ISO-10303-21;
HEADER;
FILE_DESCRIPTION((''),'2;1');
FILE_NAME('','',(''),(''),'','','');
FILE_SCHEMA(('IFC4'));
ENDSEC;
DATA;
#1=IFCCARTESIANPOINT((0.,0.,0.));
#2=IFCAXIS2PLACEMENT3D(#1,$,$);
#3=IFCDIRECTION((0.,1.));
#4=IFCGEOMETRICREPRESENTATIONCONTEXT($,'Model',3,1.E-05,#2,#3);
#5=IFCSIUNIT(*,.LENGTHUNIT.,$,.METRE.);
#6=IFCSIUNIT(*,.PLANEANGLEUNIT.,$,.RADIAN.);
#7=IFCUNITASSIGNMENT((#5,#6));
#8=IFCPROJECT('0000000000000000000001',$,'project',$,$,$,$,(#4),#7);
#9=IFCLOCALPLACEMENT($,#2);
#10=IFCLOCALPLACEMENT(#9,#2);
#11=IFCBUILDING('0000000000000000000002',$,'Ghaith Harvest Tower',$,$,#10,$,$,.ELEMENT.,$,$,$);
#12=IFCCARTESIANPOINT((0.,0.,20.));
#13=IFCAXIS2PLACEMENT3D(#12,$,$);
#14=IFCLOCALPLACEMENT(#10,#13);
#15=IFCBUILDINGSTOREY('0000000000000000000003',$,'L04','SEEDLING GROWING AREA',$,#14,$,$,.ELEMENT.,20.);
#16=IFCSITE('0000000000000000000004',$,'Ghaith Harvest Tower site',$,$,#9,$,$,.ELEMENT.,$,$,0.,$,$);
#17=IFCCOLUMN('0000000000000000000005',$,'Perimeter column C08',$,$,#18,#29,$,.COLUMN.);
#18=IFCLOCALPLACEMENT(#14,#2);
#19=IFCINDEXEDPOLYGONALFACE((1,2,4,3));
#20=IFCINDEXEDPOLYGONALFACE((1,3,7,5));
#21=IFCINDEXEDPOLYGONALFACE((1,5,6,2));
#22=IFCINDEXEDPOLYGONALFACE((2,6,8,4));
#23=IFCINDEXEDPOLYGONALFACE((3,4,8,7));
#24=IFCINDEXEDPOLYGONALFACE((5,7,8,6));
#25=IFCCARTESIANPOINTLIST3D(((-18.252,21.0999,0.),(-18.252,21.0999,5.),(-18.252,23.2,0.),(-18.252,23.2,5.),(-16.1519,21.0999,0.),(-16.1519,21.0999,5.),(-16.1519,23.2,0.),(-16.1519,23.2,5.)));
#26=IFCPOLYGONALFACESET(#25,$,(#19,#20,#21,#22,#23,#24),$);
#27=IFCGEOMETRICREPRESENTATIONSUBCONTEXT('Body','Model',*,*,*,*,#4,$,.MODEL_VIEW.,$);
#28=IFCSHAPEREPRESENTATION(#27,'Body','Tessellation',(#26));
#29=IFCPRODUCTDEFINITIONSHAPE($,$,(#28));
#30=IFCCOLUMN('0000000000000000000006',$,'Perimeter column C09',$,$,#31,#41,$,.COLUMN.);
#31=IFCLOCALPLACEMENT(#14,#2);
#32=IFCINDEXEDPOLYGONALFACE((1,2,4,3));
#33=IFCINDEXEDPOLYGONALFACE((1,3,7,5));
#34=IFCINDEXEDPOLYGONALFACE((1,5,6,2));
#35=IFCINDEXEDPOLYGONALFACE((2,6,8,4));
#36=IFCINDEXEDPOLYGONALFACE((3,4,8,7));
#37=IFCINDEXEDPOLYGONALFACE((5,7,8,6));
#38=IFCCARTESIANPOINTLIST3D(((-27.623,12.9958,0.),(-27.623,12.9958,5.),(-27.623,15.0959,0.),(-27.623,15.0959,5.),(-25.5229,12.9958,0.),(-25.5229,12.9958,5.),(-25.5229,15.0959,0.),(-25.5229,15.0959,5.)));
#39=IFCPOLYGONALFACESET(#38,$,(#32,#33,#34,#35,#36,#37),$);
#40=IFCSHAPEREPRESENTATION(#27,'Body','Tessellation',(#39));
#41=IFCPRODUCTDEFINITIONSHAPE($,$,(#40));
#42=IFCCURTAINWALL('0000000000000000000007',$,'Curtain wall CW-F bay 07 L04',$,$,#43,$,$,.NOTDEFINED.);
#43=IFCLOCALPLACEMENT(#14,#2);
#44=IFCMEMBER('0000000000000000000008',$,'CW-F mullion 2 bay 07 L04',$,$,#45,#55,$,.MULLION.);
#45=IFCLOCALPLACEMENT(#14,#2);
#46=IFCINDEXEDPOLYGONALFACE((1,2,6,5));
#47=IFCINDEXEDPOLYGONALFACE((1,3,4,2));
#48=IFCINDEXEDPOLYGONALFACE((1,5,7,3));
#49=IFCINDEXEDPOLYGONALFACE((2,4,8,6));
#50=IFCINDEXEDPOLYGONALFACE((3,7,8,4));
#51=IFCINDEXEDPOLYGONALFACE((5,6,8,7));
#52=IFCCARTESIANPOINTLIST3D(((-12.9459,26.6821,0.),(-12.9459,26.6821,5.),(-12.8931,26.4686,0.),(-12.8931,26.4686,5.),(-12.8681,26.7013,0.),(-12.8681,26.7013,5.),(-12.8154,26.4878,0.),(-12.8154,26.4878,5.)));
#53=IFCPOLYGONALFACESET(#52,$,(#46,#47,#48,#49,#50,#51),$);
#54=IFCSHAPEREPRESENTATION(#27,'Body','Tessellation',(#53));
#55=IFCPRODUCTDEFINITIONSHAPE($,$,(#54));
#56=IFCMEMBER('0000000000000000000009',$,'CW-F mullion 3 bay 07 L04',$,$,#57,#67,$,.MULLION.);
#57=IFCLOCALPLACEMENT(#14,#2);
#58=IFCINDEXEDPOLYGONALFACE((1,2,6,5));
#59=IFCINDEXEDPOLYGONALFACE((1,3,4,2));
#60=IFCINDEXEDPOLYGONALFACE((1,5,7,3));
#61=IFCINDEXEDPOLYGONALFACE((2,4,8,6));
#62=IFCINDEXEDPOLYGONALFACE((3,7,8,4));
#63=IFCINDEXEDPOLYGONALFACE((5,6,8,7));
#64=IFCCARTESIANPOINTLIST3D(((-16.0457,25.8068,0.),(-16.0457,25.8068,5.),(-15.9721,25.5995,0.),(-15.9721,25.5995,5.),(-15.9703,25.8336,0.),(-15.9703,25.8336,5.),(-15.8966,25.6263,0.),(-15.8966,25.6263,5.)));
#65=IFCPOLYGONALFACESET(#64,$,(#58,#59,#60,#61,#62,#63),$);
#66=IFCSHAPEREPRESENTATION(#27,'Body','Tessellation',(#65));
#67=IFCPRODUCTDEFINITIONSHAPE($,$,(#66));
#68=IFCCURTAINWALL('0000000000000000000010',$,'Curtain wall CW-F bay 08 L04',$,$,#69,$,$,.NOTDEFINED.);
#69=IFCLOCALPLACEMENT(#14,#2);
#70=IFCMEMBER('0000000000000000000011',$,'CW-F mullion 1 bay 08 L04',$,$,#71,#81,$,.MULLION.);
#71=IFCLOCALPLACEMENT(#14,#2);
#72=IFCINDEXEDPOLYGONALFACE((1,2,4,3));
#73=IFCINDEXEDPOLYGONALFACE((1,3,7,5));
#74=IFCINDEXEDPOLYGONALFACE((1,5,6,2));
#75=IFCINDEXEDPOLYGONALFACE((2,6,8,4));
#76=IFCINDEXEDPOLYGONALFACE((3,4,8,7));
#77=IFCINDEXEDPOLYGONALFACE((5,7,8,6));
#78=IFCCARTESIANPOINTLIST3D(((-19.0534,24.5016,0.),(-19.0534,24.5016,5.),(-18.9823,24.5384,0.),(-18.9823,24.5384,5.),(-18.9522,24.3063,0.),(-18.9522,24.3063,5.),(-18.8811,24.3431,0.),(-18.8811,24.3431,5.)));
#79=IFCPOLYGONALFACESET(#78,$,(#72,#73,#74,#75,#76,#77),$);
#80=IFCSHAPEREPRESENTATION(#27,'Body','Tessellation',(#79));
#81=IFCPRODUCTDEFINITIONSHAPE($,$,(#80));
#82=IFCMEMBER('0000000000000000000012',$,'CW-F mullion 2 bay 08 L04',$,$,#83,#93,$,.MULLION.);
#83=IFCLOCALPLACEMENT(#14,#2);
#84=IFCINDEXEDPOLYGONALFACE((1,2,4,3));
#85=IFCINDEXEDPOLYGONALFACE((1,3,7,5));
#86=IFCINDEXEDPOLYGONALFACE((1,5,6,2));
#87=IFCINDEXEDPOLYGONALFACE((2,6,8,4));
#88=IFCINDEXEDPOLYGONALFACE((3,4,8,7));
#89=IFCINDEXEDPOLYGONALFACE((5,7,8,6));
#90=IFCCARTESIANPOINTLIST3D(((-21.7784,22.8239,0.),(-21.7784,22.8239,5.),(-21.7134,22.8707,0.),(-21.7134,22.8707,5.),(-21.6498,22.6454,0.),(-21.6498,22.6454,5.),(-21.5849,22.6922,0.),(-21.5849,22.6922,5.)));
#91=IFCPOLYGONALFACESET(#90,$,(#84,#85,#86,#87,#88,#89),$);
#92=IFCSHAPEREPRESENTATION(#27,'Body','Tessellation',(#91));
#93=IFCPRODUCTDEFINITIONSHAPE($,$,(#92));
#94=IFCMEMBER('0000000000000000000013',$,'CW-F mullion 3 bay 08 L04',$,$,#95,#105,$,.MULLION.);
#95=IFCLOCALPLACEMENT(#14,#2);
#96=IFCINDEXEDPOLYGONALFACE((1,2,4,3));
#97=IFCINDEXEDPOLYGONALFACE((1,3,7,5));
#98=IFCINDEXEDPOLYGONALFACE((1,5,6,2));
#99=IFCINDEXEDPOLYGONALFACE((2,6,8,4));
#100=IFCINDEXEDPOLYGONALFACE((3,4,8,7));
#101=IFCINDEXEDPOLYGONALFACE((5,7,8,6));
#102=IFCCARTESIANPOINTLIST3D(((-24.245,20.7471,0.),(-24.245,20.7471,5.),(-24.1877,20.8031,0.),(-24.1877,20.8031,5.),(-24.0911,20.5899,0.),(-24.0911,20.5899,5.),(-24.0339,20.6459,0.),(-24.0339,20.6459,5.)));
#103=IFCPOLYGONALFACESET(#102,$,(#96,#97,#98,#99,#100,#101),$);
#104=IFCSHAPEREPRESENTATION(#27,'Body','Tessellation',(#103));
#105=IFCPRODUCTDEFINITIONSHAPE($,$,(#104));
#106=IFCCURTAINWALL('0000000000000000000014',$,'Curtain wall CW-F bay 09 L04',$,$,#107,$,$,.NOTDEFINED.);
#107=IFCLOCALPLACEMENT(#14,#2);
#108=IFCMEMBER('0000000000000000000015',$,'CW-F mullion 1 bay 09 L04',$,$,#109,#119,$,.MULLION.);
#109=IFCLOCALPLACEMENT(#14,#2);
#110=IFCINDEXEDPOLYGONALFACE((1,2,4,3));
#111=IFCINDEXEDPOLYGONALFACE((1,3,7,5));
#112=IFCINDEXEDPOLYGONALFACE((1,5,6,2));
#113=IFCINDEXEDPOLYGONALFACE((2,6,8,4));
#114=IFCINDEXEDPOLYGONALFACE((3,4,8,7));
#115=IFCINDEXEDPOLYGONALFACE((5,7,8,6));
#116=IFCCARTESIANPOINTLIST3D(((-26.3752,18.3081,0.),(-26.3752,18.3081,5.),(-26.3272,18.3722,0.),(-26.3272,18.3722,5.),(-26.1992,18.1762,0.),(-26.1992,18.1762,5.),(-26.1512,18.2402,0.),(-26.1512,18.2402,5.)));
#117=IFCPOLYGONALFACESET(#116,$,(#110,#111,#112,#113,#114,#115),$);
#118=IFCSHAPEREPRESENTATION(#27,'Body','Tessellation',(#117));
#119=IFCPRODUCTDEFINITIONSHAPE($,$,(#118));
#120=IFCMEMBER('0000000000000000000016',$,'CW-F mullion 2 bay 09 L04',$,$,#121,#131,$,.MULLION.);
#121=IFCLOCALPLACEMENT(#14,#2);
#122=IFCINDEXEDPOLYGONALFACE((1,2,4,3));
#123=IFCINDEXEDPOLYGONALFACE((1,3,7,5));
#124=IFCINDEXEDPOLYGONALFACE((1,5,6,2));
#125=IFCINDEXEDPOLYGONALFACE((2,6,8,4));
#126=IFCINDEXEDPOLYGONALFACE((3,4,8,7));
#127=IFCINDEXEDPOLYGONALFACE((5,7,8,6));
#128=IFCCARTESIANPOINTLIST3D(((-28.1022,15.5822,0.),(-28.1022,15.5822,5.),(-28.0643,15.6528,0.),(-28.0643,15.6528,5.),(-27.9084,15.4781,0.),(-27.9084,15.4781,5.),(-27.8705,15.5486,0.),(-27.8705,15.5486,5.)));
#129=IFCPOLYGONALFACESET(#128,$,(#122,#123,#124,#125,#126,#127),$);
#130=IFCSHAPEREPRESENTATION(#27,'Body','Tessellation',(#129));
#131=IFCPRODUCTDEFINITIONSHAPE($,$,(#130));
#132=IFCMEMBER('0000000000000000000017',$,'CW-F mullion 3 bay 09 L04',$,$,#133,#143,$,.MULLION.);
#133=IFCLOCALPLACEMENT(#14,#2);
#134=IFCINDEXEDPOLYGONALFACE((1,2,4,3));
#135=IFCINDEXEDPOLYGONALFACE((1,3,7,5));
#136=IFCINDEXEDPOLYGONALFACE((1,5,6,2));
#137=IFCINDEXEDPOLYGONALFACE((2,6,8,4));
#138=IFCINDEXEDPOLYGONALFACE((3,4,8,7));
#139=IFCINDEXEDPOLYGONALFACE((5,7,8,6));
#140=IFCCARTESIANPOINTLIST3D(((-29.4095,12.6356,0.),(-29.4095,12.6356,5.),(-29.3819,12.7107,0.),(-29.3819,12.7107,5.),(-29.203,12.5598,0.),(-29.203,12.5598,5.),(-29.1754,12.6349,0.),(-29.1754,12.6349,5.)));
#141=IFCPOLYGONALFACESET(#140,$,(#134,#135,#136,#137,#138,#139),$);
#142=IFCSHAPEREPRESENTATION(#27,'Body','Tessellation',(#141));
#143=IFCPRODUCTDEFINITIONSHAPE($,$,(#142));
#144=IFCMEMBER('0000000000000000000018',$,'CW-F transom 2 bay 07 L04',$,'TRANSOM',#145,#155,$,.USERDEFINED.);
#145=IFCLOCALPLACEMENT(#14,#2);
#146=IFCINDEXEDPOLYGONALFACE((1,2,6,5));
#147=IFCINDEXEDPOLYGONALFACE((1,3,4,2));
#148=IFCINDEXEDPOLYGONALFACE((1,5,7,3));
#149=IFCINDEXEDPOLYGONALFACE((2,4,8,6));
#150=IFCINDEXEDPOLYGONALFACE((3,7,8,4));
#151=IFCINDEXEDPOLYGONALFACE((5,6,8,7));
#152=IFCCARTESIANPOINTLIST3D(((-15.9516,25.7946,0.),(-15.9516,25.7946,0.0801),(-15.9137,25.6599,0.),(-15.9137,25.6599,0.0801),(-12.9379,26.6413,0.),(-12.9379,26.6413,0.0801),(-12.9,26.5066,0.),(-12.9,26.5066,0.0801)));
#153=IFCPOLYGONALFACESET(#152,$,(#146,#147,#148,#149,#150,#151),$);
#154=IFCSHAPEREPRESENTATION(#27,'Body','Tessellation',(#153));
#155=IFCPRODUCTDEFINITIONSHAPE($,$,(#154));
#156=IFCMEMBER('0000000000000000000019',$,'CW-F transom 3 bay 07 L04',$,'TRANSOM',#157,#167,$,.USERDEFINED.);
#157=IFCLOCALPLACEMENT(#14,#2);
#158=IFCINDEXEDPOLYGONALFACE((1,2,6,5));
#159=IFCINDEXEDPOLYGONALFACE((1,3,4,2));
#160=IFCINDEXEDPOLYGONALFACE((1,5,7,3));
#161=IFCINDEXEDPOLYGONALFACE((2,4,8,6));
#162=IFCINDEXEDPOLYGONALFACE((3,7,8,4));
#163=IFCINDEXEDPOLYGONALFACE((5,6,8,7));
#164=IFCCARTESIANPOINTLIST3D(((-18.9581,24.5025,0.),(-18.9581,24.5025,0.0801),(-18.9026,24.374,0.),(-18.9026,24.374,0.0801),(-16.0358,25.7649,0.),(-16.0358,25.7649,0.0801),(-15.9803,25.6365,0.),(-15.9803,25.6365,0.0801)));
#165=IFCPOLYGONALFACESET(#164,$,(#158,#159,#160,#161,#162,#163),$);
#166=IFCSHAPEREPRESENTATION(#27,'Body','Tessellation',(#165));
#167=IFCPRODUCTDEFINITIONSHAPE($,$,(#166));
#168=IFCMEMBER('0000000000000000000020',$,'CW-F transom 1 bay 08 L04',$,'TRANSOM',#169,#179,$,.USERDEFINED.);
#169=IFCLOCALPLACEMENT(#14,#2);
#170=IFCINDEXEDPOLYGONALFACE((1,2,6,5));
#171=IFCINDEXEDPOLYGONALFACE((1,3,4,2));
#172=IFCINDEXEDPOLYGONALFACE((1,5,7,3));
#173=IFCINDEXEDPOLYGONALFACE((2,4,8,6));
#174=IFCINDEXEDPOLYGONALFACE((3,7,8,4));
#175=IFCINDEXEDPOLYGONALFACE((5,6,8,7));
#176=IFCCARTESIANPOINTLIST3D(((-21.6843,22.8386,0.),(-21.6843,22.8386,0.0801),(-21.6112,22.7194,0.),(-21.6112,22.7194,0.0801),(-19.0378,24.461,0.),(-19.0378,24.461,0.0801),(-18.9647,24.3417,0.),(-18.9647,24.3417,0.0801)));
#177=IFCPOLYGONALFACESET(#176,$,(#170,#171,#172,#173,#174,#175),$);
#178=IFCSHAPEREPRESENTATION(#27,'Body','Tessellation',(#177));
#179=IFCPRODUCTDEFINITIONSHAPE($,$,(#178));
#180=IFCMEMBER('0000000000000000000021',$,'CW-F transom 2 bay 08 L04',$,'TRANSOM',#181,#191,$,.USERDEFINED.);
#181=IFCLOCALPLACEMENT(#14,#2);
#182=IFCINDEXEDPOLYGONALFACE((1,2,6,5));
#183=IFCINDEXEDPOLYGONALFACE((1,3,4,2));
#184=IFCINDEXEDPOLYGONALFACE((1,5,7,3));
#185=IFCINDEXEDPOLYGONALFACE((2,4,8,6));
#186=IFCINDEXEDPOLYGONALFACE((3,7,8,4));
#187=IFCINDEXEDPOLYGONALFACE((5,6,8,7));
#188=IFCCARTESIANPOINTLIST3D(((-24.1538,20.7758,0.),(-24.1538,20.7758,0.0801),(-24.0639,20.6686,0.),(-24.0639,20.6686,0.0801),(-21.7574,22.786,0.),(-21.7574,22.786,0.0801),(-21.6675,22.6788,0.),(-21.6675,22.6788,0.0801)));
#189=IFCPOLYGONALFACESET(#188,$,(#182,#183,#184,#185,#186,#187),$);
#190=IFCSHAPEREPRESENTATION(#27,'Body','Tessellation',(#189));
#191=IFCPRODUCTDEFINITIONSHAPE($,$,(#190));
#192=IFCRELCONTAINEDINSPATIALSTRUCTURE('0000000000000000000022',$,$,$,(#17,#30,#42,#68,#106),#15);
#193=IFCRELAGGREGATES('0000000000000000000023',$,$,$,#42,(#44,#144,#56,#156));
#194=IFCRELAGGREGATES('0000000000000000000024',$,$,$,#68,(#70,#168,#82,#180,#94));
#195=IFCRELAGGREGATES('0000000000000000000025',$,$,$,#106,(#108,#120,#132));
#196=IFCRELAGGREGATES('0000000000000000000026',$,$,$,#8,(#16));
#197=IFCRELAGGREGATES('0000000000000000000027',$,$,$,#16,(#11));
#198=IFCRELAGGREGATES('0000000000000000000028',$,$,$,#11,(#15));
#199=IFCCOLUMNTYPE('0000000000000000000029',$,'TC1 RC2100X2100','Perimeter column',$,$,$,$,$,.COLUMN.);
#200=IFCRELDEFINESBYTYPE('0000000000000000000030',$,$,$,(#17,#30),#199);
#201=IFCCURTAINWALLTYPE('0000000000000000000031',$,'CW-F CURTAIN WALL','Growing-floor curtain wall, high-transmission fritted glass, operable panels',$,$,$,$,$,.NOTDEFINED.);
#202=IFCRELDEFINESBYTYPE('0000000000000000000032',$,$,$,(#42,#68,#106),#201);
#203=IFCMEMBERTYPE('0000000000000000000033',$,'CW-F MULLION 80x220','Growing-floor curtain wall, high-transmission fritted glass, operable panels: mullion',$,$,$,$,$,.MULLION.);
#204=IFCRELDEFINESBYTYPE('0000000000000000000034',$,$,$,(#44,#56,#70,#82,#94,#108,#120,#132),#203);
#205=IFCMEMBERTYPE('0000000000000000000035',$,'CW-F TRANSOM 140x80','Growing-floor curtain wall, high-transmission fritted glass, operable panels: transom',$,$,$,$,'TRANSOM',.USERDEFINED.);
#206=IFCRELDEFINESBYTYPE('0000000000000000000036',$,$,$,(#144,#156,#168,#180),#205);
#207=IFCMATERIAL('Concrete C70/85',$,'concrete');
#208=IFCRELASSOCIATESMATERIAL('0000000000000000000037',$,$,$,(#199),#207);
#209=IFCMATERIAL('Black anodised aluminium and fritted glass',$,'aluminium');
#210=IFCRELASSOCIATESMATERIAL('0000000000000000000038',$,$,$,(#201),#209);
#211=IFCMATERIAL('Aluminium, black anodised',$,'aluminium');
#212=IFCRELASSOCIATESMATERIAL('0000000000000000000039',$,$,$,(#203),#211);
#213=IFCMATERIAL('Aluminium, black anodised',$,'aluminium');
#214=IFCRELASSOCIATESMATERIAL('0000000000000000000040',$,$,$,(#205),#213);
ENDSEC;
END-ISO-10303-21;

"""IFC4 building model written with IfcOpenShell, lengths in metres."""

from ifc_helpers import new_model, si_unit, direction, frame, origin, origin_2d, place, context, subcontext, project, spatial, rectangle, extrude, material, material_profile, profile_set, type_object, element, aggregate, save


model = new_model("IFC4")

# Units and contexts
model_context = context("Model", 3, precision=1e-05, world=origin(), true_north=direction((0.0, 1.0)))
body_context = subcontext(model_context, "Body", "Model", "MODEL_VIEW")
ifc_project = project(units=[si_unit("LENGTHUNIT", "METRE"), si_unit("PLANEANGLEUNIT", "RADIAN")], contexts=[model_context])

# Site, building, storey
site_placement = place(None, origin())
site = spatial("IfcSite", under=ifc_project, at=site_placement, Name="Ghaith Harvest Tower site", CompositionType="ELEMENT", RefElevation=0.0)
building_placement = place(site_placement, origin())
building = spatial("IfcBuilding", under=site, at=building_placement, Name="Ghaith Harvest Tower", CompositionType="ELEMENT")
storey_placement = place(building_placement, frame((0.0, 0.0, 20.0)))
storey = spatial("IfcBuildingStorey", under=building, at=storey_placement, Name="L04", Description="SEEDLING GROWING AREA", CompositionType="ELEMENT", Elevation=20.0)

# Columns
ifc_material_1 = material(Name="Concrete C70/85", Category="concrete")
ifc_material_profile_1 = material_profile(ifc_material_1, rectangle(XDim=2.1001, YDim=2.1001, at=origin_2d()), Name="RC2100X2100")
ifc_profile_set_1 = profile_set([ifc_material_profile_1], Name="Concrete C70/85")
column_type = type_object("IfcColumnType", Name="TC1 RC2100X2100", Description="Perimeter column", PredefinedType="COLUMN", material=ifc_profile_set_1)
for number, where, z_axis, x_axis, name in (
    (1, (-17.2019, 22.1499, 0.0), (0.0, 0.0, 1.0), (1.0, 0.0, 0.0), "Perimeter column C08"),
    (2, (-26.573, 14.0459, 0.0), (0.0, 0.0, 1.0), (1.0, 0.0, 0.0), "Perimeter column C09"),
):
    element("IfcColumn", number, at=place(storey_placement, frame(where, z_axis=z_axis, x_axis=x_axis)), inside=storey, type_object=column_type, Name=name, PredefinedType="COLUMN", context=body_context, shape_type="SweptSolid", body=[
        extrude(rectangle(XDim=2.1001, YDim=2.1001, at=origin_2d()), origin(), (0.0, 0.0, 1.0), 5.0),
    ])

# Curtain walls, members
ifc_material_2 = material(Name="Black anodised aluminium and fritted glass", Category="aluminium")
curtain_wall_type = type_object("IfcCurtainWallType", Name="CW-F CURTAIN WALL", Description="Growing-floor curtain wall, high-transmission fritted glass, operable panels", PredefinedType="NOTDEFINED", material=ifc_material_2)
curtain_wall_1_placement = place(storey_placement, origin())
curtain_wall_1 = element("IfcCurtainWall", 3, at=curtain_wall_1_placement, inside=storey, type_object=curtain_wall_type, Name="Curtain wall CW-F bay 07 L04", PredefinedType="NOTDEFINED")
ifc_material_3 = material(Name="Aluminium, black anodised", Category="aluminium")
ifc_material_profile_2 = material_profile(ifc_material_3, rectangle(XDim=0.0801, YDim=0.22, at=origin_2d()), Name="CW-F MULLION 80x220")
ifc_profile_set_2 = profile_set([ifc_material_profile_2], Name="Aluminium, black anodised")
member_type_1 = type_object("IfcMemberType", Name="CW-F MULLION 80x220", Description="Growing-floor curtain wall, high-transmission fritted glass, operable panels: mullion", PredefinedType="MULLION", material=ifc_profile_set_2)
member_1_placement = place(storey_placement, frame((-12.8806, 26.585, 0.0), z_axis=(0.0, 0.0, 1.0), x_axis=(-0.970825, -0.239791, 0.0)))
member_1 = element("IfcMember", 4, at=member_1_placement, type_object=member_type_1, Name="CW-F mullion 2 bay 07 L04", PredefinedType="MULLION", context=body_context, shape_type="SweptSolid", body=[
    extrude(rectangle(XDim=0.0801, YDim=0.22, at=origin_2d()), origin(), (0.0, 0.0, 1.0), 5.0),
])
member_2_placement = place(storey_placement, frame((-15.9712, 25.7166, 0.0), z_axis=(0.0, 0.0, 1.0), x_axis=(-0.942294, -0.334788, 0.0)))
member_2 = element("IfcMember", 5, at=member_2_placement, type_object=member_type_1, Name="CW-F mullion 3 bay 07 L04", PredefinedType="MULLION", context=body_context, shape_type="SweptSolid", body=[
    extrude(rectangle(XDim=0.0801, YDim=0.22, at=origin_2d()), origin(), (0.0, 0.0, 1.0), 5.0),
])
curtain_wall_2_placement = place(storey_placement, origin())
curtain_wall_2 = element("IfcCurtainWall", 6, at=curtain_wall_2_placement, inside=storey, type_object=curtain_wall_type, Name="Curtain wall CW-F bay 08 L04", PredefinedType="NOTDEFINED")
member_3_placement = place(storey_placement, frame((-18.9673, 24.4224, 0.0), z_axis=(0.0, 0.0, 1.0), x_axis=(-0.887912, -0.460013, 0.0)))
member_3 = element("IfcMember", 7, at=member_3_placement, type_object=member_type_1, Name="CW-F mullion 1 bay 08 L04", PredefinedType="MULLION", context=body_context, shape_type="SweptSolid", body=[
    extrude(rectangle(XDim=0.0801, YDim=0.22, at=origin_2d()), origin(), (0.0, 0.0, 1.0), 5.0),
])
member_4_placement = place(storey_placement, frame((-21.6816, 22.7581, 0.0), z_axis=(0.0, 0.0, 1.0), x_axis=(-0.811401, -0.58449, 0.0)))
member_4 = element("IfcMember", 8, at=member_4_placement, type_object=member_type_1, Name="CW-F mullion 2 bay 08 L04", PredefinedType="MULLION", context=body_context, shape_type="SweptSolid", body=[
    extrude(rectangle(XDim=0.0801, YDim=0.22, at=origin_2d()), origin(), (0.0, 0.0, 1.0), 5.0),
])
member_5_placement = place(storey_placement, frame((-24.1394, 20.6965, 0.0), z_axis=(0.0, 0.0, 1.0), x_axis=(-0.714663, -0.699469, 0.0)))
member_5 = element("IfcMember", 9, at=member_5_placement, type_object=member_type_1, Name="CW-F mullion 3 bay 08 L04", PredefinedType="MULLION", context=body_context, shape_type="SweptSolid", body=[
    extrude(rectangle(XDim=0.0801, YDim=0.22, at=origin_2d()), origin(), (0.0, 0.0, 1.0), 5.0),
])
curtain_wall_3_placement = place(storey_placement, origin())
curtain_wall_3 = element("IfcCurtainWall", 10, at=curtain_wall_3_placement, inside=storey, type_object=curtain_wall_type, Name="Curtain wall CW-F bay 09 L04", PredefinedType="NOTDEFINED")
member_6_placement = place(storey_placement, frame((-26.2632, 18.2742, 0.0), z_axis=(0.0, 0.0, 1.0), x_axis=(-0.599862, -0.800104, 0.0)))
member_6 = element("IfcMember", 11, at=member_6_placement, type_object=member_type_1, Name="CW-F mullion 1 bay 09 L04", PredefinedType="MULLION", context=body_context, shape_type="SweptSolid", body=[
    extrude(rectangle(XDim=0.0801, YDim=0.22, at=origin_2d()), origin(), (0.0, 0.0, 1.0), 5.0),
])
member_7_placement = place(storey_placement, frame((-27.9863, 15.5654, 0.0), z_axis=(0.0, 0.0, 1.0), x_axis=(-0.473265, -0.88092, 0.0)))
member_7 = element("IfcMember", 12, at=member_7_placement, type_object=member_type_1, Name="CW-F mullion 2 bay 09 L04", PredefinedType="MULLION", context=body_context, shape_type="SweptSolid", body=[
    extrude(rectangle(XDim=0.0801, YDim=0.22, at=origin_2d()), origin(), (0.0, 0.0, 1.0), 5.0),
])
member_8_placement = place(storey_placement, frame((-29.2925, 12.6353, 0.0), z_axis=(0.0, 0.0, 1.0), x_axis=(-0.344618, -0.938743, 0.0)))
member_8 = element("IfcMember", 13, at=member_8_placement, type_object=member_type_1, Name="CW-F mullion 3 bay 09 L04", PredefinedType="MULLION", context=body_context, shape_type="SweptSolid", body=[
    extrude(rectangle(XDim=0.0801, YDim=0.22, at=origin_2d()), origin(), (0.0, 0.0, 1.0), 5.0),
])

# Members
ifc_material_4 = material(Name="Aluminium, black anodised", Category="aluminium")
ifc_material_profile_3 = material_profile(ifc_material_4, rectangle(XDim=0.1399, YDim=0.0801, at=origin_2d()), Name="CW-F TRANSOM 140x80")
ifc_profile_set_3 = profile_set([ifc_material_profile_3], Name="Aluminium, black anodised")
member_type_2 = type_object("IfcMemberType", Name="CW-F TRANSOM 140x80", Description="Growing-floor curtain wall, high-transmission fritted glass, operable panels: transom", ElementType="TRANSOM", PredefinedType="USERDEFINED", material=ifc_profile_set_3)
member_9_placement = place(storey_placement, frame((-12.9189, 26.574, 0.04), z_axis=(-0.962727, -0.270475, 0.0), x_axis=(0.270475, -0.962727, 0.0)))
member_9 = element("IfcMember", 14, at=member_9_placement, type_object=member_type_2, Name="CW-F transom 2 bay 07 L04", ObjectType="TRANSOM", PredefinedType="USERDEFINED", context=body_context, shape_type="SweptSolid", body=[
    extrude(rectangle(XDim=0.1399, YDim=0.0801, at=origin_2d()), origin(), (0.0, 0.0, 1.0), 3.1304),
])
member_10_placement = place(storey_placement, frame((-16.0081, 25.7007, 0.04), z_axis=(-0.918003, -0.396574, 0.0), x_axis=(0.396574, -0.918003, 0.0)))
member_10 = element("IfcMember", 15, at=member_10_placement, type_object=member_type_2, Name="CW-F transom 3 bay 07 L04", ObjectType="TRANSOM", PredefinedType="USERDEFINED", context=body_context, shape_type="SweptSolid", body=[
    extrude(rectangle(XDim=0.1399, YDim=0.0801, at=origin_2d()), origin(), (0.0, 0.0, 1.0), 3.1833),
])
member_11_placement = place(storey_placement, frame((-19.0012, 24.4014, 0.04), z_axis=(-0.852562, -0.522627, 0.0), x_axis=(0.522627, -0.852562, 0.0)))
member_11 = element("IfcMember", 16, at=member_11_placement, type_object=member_type_2, Name="CW-F transom 1 bay 08 L04", ObjectType="TRANSOM", PredefinedType="USERDEFINED", context=body_context, shape_type="SweptSolid", body=[
    extrude(rectangle(XDim=0.1399, YDim=0.0801, at=origin_2d()), origin(), (0.0, 0.0, 1.0), 3.1042),
])
member_12_placement = place(storey_placement, frame((-21.7124, 22.7324, 0.04), z_axis=(-0.766144, -0.642668, 0.0), x_axis=(0.642668, -0.766144, 0.0)))
member_12 = element("IfcMember", 17, at=member_12_placement, type_object=member_type_2, Name="CW-F transom 2 bay 08 L04", ObjectType="TRANSOM", PredefinedType="USERDEFINED", context=body_context, shape_type="SweptSolid", body=[
    extrude(rectangle(XDim=0.1399, YDim=0.0801, at=origin_2d()), origin(), (0.0, 0.0, 1.0), 3.1279),
])

aggregate(curtain_wall_1, [member_1, member_9, member_2, member_10])
aggregate(curtain_wall_2, [member_3, member_11, member_4, member_12, member_5])
aggregate(curtain_wall_3, [member_6, member_7, member_8])

save(model, "model.ifc")
